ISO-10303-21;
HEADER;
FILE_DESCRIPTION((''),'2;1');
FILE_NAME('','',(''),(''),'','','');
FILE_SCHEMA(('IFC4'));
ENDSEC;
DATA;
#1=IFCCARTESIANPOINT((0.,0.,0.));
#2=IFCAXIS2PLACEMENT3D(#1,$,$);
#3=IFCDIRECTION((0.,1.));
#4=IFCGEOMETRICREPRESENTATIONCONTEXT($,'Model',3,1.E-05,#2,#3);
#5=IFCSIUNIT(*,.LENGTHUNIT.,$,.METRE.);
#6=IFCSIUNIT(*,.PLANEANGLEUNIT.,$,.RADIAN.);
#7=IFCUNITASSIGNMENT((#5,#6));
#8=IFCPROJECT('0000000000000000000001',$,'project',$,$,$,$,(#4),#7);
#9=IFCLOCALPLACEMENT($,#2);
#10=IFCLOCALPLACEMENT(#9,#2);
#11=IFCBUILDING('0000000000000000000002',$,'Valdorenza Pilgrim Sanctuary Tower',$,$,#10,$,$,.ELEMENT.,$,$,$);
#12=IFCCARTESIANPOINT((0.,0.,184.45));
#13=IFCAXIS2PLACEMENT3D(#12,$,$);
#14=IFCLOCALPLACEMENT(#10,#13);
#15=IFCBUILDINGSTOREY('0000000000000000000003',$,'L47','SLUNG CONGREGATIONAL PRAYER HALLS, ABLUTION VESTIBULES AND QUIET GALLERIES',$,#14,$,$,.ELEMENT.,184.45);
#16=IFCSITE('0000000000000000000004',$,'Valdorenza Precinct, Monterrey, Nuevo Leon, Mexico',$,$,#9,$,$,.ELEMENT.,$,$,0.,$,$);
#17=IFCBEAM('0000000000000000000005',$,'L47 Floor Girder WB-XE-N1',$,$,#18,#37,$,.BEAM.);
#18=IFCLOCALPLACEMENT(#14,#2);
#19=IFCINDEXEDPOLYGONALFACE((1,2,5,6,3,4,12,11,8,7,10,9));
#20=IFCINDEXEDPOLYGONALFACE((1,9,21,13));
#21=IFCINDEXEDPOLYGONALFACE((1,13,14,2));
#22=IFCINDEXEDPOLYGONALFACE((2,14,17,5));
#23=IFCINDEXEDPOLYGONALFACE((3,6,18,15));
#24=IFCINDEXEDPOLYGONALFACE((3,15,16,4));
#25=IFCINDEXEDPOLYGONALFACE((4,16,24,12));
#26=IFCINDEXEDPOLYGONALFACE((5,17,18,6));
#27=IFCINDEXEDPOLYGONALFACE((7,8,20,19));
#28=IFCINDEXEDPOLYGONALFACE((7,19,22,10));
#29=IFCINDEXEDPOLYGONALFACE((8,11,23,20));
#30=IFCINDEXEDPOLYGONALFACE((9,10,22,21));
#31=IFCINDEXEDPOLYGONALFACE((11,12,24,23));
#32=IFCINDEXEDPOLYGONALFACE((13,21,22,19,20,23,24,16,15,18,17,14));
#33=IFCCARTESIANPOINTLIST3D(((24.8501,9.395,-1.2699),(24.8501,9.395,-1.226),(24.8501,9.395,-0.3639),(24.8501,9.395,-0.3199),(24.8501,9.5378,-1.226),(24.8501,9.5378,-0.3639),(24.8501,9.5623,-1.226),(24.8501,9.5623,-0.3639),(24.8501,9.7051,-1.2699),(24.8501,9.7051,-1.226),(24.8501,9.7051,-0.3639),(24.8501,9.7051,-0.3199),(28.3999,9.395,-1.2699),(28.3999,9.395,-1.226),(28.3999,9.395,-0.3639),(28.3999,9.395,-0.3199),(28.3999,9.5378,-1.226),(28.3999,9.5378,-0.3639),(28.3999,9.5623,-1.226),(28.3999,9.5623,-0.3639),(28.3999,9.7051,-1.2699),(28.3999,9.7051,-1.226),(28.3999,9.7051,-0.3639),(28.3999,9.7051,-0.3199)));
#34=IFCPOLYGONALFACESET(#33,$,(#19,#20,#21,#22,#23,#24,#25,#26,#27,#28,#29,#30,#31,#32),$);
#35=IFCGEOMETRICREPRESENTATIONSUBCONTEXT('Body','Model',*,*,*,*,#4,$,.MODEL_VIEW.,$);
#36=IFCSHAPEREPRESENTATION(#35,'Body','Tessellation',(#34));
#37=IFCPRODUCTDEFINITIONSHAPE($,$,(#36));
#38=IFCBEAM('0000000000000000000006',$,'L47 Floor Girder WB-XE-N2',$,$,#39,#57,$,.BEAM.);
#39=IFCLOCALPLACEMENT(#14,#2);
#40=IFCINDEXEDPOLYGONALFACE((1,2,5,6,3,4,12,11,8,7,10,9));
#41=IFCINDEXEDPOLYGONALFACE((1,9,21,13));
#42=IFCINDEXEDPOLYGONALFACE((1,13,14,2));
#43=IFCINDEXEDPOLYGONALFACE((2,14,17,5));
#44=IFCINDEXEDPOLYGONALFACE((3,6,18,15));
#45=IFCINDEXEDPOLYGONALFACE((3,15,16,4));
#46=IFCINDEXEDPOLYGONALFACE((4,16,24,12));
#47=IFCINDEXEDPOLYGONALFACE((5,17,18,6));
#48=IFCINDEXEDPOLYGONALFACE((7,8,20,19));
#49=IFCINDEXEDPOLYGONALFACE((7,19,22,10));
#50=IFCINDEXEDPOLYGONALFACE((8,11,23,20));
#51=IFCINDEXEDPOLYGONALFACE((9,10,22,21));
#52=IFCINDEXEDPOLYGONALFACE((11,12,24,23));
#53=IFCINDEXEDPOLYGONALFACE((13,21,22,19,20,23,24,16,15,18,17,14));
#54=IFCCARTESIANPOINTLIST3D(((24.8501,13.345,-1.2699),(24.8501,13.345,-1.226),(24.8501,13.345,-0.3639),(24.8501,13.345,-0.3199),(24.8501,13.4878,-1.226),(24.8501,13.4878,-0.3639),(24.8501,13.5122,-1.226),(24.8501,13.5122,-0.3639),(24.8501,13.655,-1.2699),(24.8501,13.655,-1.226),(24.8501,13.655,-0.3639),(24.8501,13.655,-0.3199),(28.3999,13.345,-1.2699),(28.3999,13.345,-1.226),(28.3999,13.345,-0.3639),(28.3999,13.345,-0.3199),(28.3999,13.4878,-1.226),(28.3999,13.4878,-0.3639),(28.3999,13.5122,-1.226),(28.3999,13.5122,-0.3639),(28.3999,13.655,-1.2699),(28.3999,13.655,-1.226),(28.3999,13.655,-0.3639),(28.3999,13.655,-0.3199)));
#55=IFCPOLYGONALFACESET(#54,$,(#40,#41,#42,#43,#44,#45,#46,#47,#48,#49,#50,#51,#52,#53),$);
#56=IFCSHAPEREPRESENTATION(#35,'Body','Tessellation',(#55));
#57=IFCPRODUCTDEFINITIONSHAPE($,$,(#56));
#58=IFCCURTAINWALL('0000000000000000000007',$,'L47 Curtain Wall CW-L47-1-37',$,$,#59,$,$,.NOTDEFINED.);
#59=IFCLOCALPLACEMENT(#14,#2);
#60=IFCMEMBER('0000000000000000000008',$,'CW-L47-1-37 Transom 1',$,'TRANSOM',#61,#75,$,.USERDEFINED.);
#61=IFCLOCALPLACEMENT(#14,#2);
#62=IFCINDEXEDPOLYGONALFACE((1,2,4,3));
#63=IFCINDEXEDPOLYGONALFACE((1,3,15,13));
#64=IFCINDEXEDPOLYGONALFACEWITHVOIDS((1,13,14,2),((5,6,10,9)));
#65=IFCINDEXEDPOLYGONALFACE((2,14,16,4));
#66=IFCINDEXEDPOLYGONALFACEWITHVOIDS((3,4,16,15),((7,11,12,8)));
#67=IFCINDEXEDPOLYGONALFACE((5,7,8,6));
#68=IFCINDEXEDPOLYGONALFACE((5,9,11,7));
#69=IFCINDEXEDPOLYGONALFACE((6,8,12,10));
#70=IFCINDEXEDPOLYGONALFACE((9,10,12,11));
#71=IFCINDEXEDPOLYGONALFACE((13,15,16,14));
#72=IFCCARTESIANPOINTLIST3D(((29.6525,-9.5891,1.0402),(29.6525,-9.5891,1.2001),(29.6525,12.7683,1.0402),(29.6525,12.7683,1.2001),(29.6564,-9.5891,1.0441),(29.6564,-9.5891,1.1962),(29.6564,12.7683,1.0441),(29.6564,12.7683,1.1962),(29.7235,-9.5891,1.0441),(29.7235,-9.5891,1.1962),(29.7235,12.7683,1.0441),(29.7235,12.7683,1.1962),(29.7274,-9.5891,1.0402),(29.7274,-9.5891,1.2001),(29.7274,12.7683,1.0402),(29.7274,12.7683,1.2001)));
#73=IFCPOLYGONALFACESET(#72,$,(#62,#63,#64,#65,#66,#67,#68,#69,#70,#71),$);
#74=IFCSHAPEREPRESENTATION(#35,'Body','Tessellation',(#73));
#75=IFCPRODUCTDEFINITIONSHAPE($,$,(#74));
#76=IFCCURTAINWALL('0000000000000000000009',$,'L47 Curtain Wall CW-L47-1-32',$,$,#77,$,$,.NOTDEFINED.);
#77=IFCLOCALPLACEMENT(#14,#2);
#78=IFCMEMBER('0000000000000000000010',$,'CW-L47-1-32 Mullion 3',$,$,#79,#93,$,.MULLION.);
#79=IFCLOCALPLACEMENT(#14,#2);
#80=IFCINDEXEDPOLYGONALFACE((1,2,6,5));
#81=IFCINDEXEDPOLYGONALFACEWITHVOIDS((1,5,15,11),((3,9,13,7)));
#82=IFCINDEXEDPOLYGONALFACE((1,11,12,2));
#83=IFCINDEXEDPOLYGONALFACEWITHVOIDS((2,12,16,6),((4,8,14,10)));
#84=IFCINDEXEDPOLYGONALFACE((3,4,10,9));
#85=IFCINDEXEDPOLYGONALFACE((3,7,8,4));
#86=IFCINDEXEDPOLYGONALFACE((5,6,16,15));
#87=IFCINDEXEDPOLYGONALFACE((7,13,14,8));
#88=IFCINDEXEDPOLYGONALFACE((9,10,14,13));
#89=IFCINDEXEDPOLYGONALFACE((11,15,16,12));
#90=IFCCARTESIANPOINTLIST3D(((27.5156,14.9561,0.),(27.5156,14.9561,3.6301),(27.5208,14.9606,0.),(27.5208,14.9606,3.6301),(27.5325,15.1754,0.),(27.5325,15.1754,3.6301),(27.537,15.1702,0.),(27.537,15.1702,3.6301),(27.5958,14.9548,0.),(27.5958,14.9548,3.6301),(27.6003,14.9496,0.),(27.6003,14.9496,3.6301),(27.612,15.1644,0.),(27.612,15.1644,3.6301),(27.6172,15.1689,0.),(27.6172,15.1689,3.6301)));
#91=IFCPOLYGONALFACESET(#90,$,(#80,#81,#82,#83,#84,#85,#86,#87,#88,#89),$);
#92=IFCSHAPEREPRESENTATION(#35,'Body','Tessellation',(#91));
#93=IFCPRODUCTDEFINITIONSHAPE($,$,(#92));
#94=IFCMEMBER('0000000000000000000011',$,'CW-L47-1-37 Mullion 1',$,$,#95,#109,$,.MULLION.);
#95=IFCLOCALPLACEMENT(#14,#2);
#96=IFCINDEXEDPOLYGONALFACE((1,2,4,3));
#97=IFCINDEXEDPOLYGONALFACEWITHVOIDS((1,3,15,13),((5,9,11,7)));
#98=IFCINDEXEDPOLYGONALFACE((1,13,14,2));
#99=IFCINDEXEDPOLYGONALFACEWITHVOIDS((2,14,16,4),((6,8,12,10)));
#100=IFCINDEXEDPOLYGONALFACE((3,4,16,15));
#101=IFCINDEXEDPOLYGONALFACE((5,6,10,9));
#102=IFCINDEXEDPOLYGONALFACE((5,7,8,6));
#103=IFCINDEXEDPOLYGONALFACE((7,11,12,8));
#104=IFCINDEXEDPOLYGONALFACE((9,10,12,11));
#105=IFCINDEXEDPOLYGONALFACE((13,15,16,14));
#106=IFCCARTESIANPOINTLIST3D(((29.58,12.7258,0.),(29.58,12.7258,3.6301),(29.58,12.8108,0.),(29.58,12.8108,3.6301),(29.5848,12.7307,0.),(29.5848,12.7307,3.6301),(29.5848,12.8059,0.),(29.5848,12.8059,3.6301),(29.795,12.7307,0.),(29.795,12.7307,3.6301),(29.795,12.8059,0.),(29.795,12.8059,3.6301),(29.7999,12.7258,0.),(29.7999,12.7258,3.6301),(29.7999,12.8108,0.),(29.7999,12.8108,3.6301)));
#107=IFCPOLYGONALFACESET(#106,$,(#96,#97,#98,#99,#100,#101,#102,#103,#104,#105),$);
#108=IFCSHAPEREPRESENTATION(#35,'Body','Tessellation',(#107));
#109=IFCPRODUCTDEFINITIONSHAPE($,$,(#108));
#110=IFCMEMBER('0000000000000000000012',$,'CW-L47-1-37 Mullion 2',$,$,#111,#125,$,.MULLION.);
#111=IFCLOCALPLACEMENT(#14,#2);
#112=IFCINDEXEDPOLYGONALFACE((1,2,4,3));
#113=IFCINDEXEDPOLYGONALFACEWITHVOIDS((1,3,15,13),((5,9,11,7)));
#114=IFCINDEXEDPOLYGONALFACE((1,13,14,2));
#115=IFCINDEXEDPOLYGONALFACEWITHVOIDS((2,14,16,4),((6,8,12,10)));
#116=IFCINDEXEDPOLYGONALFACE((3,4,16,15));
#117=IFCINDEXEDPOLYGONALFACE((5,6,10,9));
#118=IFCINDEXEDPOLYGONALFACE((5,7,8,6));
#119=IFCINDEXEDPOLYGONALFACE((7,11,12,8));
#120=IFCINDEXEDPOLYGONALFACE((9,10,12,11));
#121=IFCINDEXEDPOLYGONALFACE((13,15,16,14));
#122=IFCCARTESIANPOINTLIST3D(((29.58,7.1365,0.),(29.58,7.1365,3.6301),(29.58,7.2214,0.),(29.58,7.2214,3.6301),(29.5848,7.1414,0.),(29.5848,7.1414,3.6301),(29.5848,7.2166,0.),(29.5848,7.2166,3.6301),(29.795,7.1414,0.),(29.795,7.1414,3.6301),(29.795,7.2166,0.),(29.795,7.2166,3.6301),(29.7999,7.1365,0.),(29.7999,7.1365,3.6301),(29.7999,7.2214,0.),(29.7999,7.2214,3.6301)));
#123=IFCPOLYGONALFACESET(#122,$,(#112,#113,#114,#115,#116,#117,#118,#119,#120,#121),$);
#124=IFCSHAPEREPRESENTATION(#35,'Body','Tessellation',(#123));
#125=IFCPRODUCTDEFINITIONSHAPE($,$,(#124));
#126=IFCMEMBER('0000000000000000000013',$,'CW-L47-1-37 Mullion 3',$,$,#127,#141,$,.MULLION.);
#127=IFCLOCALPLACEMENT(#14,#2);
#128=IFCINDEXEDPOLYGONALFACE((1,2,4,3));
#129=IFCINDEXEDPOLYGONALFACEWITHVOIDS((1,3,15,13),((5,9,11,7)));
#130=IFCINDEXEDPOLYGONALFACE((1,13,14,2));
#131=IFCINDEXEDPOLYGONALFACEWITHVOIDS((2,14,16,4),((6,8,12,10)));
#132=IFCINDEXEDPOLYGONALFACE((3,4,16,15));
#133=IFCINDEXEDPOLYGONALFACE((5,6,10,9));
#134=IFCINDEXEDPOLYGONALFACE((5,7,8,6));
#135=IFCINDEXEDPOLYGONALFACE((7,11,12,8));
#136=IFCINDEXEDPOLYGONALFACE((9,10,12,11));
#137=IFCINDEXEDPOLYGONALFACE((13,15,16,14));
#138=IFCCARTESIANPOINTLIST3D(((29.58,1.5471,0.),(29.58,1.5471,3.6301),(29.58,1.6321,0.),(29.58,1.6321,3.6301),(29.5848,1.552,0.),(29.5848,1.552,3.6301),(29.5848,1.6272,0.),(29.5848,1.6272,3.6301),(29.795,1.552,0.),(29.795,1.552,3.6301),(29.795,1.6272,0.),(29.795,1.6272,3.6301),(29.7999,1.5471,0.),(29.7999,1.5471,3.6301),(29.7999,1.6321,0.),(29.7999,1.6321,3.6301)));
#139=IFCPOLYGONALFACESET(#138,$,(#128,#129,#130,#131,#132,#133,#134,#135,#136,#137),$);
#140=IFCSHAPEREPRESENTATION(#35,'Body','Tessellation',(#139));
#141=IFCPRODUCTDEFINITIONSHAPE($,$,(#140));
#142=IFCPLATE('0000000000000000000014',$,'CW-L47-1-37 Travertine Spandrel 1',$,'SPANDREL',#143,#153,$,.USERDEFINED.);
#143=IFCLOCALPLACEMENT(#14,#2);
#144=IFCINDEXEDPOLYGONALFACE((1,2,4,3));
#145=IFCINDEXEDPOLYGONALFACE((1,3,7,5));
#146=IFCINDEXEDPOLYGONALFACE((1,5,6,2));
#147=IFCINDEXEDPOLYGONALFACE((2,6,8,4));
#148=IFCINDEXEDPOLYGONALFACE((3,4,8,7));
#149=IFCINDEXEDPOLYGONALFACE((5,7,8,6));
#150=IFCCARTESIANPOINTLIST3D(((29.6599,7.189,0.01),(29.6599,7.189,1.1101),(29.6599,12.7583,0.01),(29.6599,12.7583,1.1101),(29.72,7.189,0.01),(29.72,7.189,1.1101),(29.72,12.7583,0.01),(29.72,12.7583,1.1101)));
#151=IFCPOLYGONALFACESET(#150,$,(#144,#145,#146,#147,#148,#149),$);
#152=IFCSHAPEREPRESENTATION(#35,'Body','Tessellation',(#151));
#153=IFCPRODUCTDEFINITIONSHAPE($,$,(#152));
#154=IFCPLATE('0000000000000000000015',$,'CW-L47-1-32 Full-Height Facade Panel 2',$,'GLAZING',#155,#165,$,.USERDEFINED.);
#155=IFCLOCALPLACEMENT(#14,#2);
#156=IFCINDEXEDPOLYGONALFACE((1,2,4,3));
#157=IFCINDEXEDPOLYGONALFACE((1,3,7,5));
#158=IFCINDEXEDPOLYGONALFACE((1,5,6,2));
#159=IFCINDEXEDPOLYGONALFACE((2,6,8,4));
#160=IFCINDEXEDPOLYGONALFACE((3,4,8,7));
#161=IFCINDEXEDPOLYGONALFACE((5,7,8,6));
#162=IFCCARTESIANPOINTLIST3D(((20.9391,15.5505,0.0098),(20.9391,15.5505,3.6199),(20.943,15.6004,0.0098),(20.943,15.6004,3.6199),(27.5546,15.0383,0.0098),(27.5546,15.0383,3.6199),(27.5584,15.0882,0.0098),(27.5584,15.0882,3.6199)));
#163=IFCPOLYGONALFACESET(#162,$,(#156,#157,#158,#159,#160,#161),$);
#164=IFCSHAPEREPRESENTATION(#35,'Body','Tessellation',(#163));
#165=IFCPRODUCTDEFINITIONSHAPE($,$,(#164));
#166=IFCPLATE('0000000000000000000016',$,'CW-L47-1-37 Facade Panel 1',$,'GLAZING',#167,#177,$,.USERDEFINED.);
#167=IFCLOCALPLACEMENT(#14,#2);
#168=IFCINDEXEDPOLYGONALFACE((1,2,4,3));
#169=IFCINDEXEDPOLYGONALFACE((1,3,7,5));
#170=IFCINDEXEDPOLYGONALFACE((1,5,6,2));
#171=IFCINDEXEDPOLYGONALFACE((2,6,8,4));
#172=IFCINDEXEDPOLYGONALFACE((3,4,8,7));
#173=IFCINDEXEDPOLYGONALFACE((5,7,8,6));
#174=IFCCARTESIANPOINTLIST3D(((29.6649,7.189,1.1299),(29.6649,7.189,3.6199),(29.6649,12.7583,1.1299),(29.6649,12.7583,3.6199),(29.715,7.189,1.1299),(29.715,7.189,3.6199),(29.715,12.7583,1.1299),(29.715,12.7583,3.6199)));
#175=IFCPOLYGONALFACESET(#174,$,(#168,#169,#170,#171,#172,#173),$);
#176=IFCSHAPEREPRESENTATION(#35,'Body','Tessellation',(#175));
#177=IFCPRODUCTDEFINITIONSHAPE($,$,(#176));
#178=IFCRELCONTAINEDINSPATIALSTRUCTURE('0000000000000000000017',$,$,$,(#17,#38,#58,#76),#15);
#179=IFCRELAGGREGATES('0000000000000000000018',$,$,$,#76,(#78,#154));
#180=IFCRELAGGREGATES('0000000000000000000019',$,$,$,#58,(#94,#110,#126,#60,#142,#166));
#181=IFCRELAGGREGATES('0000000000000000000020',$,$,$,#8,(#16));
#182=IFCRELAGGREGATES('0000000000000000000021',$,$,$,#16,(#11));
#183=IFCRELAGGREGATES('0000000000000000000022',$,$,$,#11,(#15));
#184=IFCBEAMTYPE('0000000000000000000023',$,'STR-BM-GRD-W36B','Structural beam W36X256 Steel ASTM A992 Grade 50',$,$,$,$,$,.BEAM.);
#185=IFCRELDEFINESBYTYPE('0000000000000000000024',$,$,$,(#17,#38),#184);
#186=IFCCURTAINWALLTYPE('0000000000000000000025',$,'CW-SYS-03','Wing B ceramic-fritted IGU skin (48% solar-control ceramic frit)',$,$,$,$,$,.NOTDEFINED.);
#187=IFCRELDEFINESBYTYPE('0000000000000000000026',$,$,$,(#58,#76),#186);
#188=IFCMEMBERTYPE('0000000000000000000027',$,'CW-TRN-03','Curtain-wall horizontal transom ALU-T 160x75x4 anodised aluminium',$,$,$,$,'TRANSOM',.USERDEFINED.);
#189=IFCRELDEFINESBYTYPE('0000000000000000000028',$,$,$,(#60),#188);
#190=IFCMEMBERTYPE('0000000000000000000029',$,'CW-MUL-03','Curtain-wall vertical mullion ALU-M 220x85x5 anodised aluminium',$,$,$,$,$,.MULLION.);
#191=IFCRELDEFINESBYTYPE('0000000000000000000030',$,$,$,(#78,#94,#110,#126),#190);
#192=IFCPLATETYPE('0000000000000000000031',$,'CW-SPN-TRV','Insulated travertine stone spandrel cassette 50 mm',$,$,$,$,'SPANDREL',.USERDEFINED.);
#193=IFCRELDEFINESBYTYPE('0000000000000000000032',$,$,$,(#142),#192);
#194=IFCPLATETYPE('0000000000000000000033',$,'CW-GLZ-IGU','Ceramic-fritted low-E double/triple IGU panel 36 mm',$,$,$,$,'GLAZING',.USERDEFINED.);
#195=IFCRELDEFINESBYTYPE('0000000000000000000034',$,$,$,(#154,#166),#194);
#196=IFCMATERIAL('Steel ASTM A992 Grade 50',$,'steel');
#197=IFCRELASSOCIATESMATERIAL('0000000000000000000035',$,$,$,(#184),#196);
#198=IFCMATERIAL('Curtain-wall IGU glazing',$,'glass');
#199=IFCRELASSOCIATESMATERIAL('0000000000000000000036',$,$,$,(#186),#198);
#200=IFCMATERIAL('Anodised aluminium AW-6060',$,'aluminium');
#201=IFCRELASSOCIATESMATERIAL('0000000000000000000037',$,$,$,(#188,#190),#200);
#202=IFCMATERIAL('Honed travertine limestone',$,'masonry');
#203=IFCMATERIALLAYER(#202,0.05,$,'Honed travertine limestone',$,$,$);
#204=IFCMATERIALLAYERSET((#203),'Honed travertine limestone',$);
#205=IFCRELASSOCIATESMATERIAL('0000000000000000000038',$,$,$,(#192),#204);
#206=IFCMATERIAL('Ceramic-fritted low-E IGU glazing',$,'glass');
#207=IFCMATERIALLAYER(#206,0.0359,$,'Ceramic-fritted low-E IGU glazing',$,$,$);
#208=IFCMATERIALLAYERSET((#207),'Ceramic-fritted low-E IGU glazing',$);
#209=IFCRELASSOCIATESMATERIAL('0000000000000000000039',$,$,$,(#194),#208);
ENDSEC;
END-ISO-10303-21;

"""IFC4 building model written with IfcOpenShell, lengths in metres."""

from ifc_helpers import new_model, si_unit, direction, frame, origin, origin_2d, place, context, subcontext, project, spatial, rectangle, hollow_rectangle, i_section, extrude, source, transform, mapped, material, layer, layer_set, material_profile, profile_set, type_object, element, aggregate, save


model = new_model("IFC4")

# Units and contexts
model_context = context("Model", 3, precision=1e-05, world=origin(), true_north=direction((0.0, 1.0)))
body_context = subcontext(model_context, "Body", "Model", "MODEL_VIEW")
ifc_project = project(units=[si_unit("LENGTHUNIT", "METRE"), si_unit("PLANEANGLEUNIT", "RADIAN")], contexts=[model_context])

# Site, building, storey
site_placement = place(None, origin())
site = spatial("IfcSite", under=ifc_project, at=site_placement, Name="Valdorenza Precinct, Monterrey, Nuevo Leon, Mexico", CompositionType="ELEMENT", RefElevation=0.0)
building_placement = place(site_placement, origin())
building = spatial("IfcBuilding", under=site, at=building_placement, Name="Valdorenza Pilgrim Sanctuary Tower", CompositionType="ELEMENT")
storey_placement = place(building_placement, frame((0.0, 0.0, 184.45)))
storey = spatial("IfcBuildingStorey", under=building, at=storey_placement, Name="L47", Description="SLUNG CONGREGATIONAL PRAYER HALLS, ABLUTION VESTIBULES AND QUIET GALLERIES", CompositionType="ELEMENT", Elevation=184.45)

# Shared definitions
ifc_material_1 = material(Name="Steel ASTM A992 Grade 50", Category="steel")

# Beams
ifc_material_profile_1 = material_profile(ifc_material_1, i_section(OverallWidth=0.3101, OverallDepth=0.95, WebThickness=0.0244, FlangeThickness=0.0439, at=origin_2d()), Name="W36X256")
ifc_profile_set_1 = profile_set([ifc_material_profile_1], Name="Steel ASTM A992 Grade 50")
beam_type_1 = type_object("IfcBeamType", Name="STR-BM-GRD-W36B", Description="Structural beam W36X256 Steel ASTM A992 Grade 50", PredefinedType="BEAM", material=ifc_profile_set_1)
shared_shape_1 = source(origin(), body_context, "Body", "SweptSolid", [
    extrude(i_section(OverallWidth=0.3101, OverallDepth=0.95, WebThickness=0.0244, FlangeThickness=0.0439, at=origin_2d()), origin(), (0.0, 0.0, 1.0), 3.5498),
])
for number, where, z_axis, x_axis, name in (
    (1, (24.8501, 9.55, -0.7949), (1.0, 0.0, 0.0), (0.0, 1.0, 0.0), "L47 Floor Girder WB-XE-N1"),
    (2, (24.8501, 13.5, -0.7949), (1.0, 0.0, 0.0), (0.0, 1.0, 0.0), "L47 Floor Girder WB-XE-N2"),
):
    element("IfcBeam", number, at=place(storey_placement, frame(where, z_axis=z_axis, x_axis=x_axis)), inside=storey, type_object=beam_type_1, Name=name, PredefinedType="BEAM", context=body_context, shape_type="MappedRepresentation", body=[
        mapped(shared_shape_1, transform((0.0, 0.0, 0.0), x_axis=(1.0, 0.0, 0.0), y_axis=(0.0, 1.0, 0.0), z_axis=(0.0, 0.0, 1.0), scale=1.0)),
    ])

# Curtain walls, members
ifc_material_2 = material(Name="Curtain-wall IGU glazing", Category="glass")
curtain_wall_type = type_object("IfcCurtainWallType", Name="CW-SYS-03", Description="Wing B ceramic-fritted IGU skin (48% solar-control ceramic frit)", PredefinedType="NOTDEFINED", material=ifc_material_2)
curtain_wall_1_placement = place(storey_placement, origin())
curtain_wall_1 = element("IfcCurtainWall", 3, at=curtain_wall_1_placement, inside=storey, type_object=curtain_wall_type, Name="L47 Curtain Wall CW-L47-1-37", PredefinedType="NOTDEFINED")
ifc_material_3 = material(Name="Anodised aluminium AW-6060", Category="aluminium")
ifc_material_profile_2 = material_profile(ifc_material_3, hollow_rectangle(XDim=0.075, YDim=0.1599, WallThickness=0.0039, at=origin_2d()), Name="ALU-T 160x75x4")
ifc_profile_set_2 = profile_set([ifc_material_profile_2], Name="Anodised aluminium AW-6060")
member_type_1 = type_object("IfcMemberType", Name="CW-TRN-03", Description="Curtain-wall horizontal transom ALU-T 160x75x4 anodised aluminium", ElementType="TRANSOM", PredefinedType="USERDEFINED", material=ifc_profile_set_2)
shared_shape_2 = source(origin(), body_context, "Body", "SweptSolid", [
    extrude(hollow_rectangle(XDim=0.075, YDim=0.1599, WallThickness=0.0039, at=origin_2d()), origin(), (0.0, 0.0, 1.0), 22.3574),
])
member_1_placement = place(storey_placement, frame((29.6899, 12.7683, 1.1201), z_axis=(0.0, -1.0, 0.0), x_axis=(1.0, 0.0, 0.0)))
member_1 = element("IfcMember", 4, at=member_1_placement, type_object=member_type_1, Name="CW-L47-1-37 Transom 1", ObjectType="TRANSOM", PredefinedType="USERDEFINED", context=body_context, shape_type="MappedRepresentation", body=[
    mapped(shared_shape_2, transform((0.0, 0.0, 0.0), x_axis=(1.0, 0.0, 0.0), y_axis=(0.0, 1.0, 0.0), z_axis=(0.0, 0.0, 1.0), scale=1.0)),
])
curtain_wall_2_placement = place(storey_placement, origin())
curtain_wall_2 = element("IfcCurtainWall", 5, at=curtain_wall_2_placement, inside=storey, type_object=curtain_wall_type, Name="L47 Curtain Wall CW-L47-1-32", PredefinedType="NOTDEFINED")
ifc_material_profile_3 = material_profile(ifc_material_3, hollow_rectangle(XDim=0.085, YDim=0.22, WallThickness=0.0049, at=origin_2d()), Name="ALU-M 220x85x5")
ifc_profile_set_3 = profile_set([ifc_material_profile_3], Name="Anodised aluminium AW-6060")
member_type_2 = type_object("IfcMemberType", Name="CW-MUL-03", Description="Curtain-wall vertical mullion ALU-M 220x85x5 anodised aluminium", PredefinedType="MULLION", material=ifc_profile_set_3)
shared_shape_3 = source(origin(), body_context, "Body", "SweptSolid", [
    extrude(hollow_rectangle(XDim=0.085, YDim=0.22, WallThickness=0.0049, at=origin_2d()), origin(), (0.0, 0.0, 1.0), 3.6301),
])
member_2_placement = place(storey_placement, frame((27.5664, 15.0625, 0.0), z_axis=(0.0, 0.0, 1.0), x_axis=(0.997016, -0.077189, 0.0)))
member_2 = element("IfcMember", 6, at=member_2_placement, type_object=member_type_2, Name="CW-L47-1-32 Mullion 3", PredefinedType="MULLION", context=body_context, shape_type="MappedRepresentation", body=[
    mapped(shared_shape_3, transform((0.0, 0.0, 0.0), x_axis=(1.0, 0.0, 0.0), y_axis=(0.0, 1.0, 0.0), z_axis=(0.0, 0.0, 1.0), scale=1.0)),
])

# Members
member_3_placement = place(storey_placement, frame((29.6899, 12.7683, 0.0), z_axis=(0.0, 0.0, 1.0), x_axis=(0.0, -1.0, 0.0)))
member_3 = element("IfcMember", 7, at=member_3_placement, type_object=member_type_2, Name="CW-L47-1-37 Mullion 1", PredefinedType="MULLION", context=body_context, shape_type="MappedRepresentation", body=[
    mapped(shared_shape_3, transform((0.0, 0.0, 0.0), x_axis=(1.0, 0.0, 0.0), y_axis=(0.0, 1.0, 0.0), z_axis=(0.0, 0.0, 1.0), scale=1.0)),
])
member_4_placement = place(storey_placement, frame((29.6899, 7.179, 0.0), z_axis=(0.0, 0.0, 1.0), x_axis=(0.0, -1.0, 0.0)))
member_4 = element("IfcMember", 8, at=member_4_placement, type_object=member_type_2, Name="CW-L47-1-37 Mullion 2", PredefinedType="MULLION", context=body_context, shape_type="MappedRepresentation", body=[
    mapped(shared_shape_3, transform((0.0, 0.0, 0.0), x_axis=(1.0, 0.0, 0.0), y_axis=(0.0, 1.0, 0.0), z_axis=(0.0, 0.0, 1.0), scale=1.0)),
])
member_5_placement = place(storey_placement, frame((29.6899, 1.5896, 0.0), z_axis=(0.0, 0.0, 1.0), x_axis=(0.0, -1.0, 0.0)))
member_5 = element("IfcMember", 9, at=member_5_placement, type_object=member_type_2, Name="CW-L47-1-37 Mullion 3", PredefinedType="MULLION", context=body_context, shape_type="MappedRepresentation", body=[
    mapped(shared_shape_3, transform((0.0, 0.0, 0.0), x_axis=(1.0, 0.0, 0.0), y_axis=(0.0, 1.0, 0.0), z_axis=(0.0, 0.0, 1.0), scale=1.0)),
])

# Plates
ifc_material_4 = material(Name="Honed travertine limestone", Category="masonry")
ifc_layer_1 = layer(ifc_material_4, 0.05, Name="Honed travertine limestone")
ifc_layer_set_1 = layer_set([ifc_layer_1], Name="Honed travertine limestone")
plate_type_1 = type_object("IfcPlateType", Name="CW-SPN-TRV", Description="Insulated travertine stone spandrel cassette 50 mm", ElementType="SPANDREL", PredefinedType="USERDEFINED", material=ifc_layer_set_1)
shared_shape_4 = source(origin(), body_context, "Body", "SweptSolid", [
    extrude(rectangle(XDim=5.5693, YDim=0.0601, at=origin_2d()), origin(), (0.0, 0.0, 1.0), 1.1001),
])
plate_1_placement = place(storey_placement, frame((29.6899, 9.9736, 0.01), z_axis=(0.0, 0.0, 1.0), x_axis=(0.0, -1.0, 0.0)))
plate_1 = element("IfcPlate", 10, at=plate_1_placement, type_object=plate_type_1, Name="CW-L47-1-37 Travertine Spandrel 1", ObjectType="SPANDREL", PredefinedType="USERDEFINED", context=body_context, shape_type="MappedRepresentation", body=[
    mapped(shared_shape_4, transform((0.0, 0.0, 0.0), x_axis=(1.0, 0.0, 0.0), y_axis=(0.0, 1.0, 0.0), z_axis=(0.0, 0.0, 1.0), scale=1.0)),
])
ifc_material_5 = material(Name="Ceramic-fritted low-E IGU glazing", Category="glass")
ifc_layer_2 = layer(ifc_material_5, 0.0359, Name="Ceramic-fritted low-E IGU glazing")
ifc_layer_set_2 = layer_set([ifc_layer_2], Name="Ceramic-fritted low-E IGU glazing")
plate_type_2 = type_object("IfcPlateType", Name="CW-GLZ-IGU", Description="Ceramic-fritted low-E double/triple IGU panel 36 mm", ElementType="GLAZING", PredefinedType="USERDEFINED", material=ifc_layer_set_2)
shared_shape_5 = source(origin(), body_context, "Body", "SweptSolid", [
    extrude(rectangle(XDim=6.6353, YDim=0.05, at=origin_2d()), origin(), (0.0, 0.0, 1.0), 3.6101),
])
plate_2_placement = place(storey_placement, frame((24.2488, 15.3193, 0.0098), z_axis=(0.0, 0.0, 1.0), x_axis=(0.997016, -0.077189, 0.0)))
plate_2 = element("IfcPlate", 11, at=plate_2_placement, type_object=plate_type_2, Name="CW-L47-1-32 Full-Height Facade Panel 2", ObjectType="GLAZING", PredefinedType="USERDEFINED", context=body_context, shape_type="MappedRepresentation", body=[
    mapped(shared_shape_5, transform((0.0, 0.0, 0.0), x_axis=(1.0, 0.0, 0.0), y_axis=(0.0, 1.0, 0.0), z_axis=(0.0, 0.0, 1.0), scale=1.0)),
])
aggregate(curtain_wall_2, [member_2, plate_2])
shared_shape_6 = source(origin(), body_context, "Body", "SweptSolid", [
    extrude(rectangle(XDim=5.5693, YDim=0.05, at=origin_2d()), origin(), (0.0, 0.0, 1.0), 2.49),
])
plate_3_placement = place(storey_placement, frame((29.6899, 9.9736, 1.1299), z_axis=(0.0, 0.0, 1.0), x_axis=(0.0, -1.0, 0.0)))
plate_3 = element("IfcPlate", 12, at=plate_3_placement, type_object=plate_type_2, Name="CW-L47-1-37 Facade Panel 1", ObjectType="GLAZING", PredefinedType="USERDEFINED", context=body_context, shape_type="MappedRepresentation", body=[
    mapped(shared_shape_6, transform((0.0, 0.0, 0.0), x_axis=(1.0, 0.0, 0.0), y_axis=(0.0, 1.0, 0.0), z_axis=(0.0, 0.0, 1.0), scale=1.0)),
])
aggregate(curtain_wall_1, [member_3, member_4, member_5, member_1, plate_1, plate_3])

save(model, "model.ifc")
